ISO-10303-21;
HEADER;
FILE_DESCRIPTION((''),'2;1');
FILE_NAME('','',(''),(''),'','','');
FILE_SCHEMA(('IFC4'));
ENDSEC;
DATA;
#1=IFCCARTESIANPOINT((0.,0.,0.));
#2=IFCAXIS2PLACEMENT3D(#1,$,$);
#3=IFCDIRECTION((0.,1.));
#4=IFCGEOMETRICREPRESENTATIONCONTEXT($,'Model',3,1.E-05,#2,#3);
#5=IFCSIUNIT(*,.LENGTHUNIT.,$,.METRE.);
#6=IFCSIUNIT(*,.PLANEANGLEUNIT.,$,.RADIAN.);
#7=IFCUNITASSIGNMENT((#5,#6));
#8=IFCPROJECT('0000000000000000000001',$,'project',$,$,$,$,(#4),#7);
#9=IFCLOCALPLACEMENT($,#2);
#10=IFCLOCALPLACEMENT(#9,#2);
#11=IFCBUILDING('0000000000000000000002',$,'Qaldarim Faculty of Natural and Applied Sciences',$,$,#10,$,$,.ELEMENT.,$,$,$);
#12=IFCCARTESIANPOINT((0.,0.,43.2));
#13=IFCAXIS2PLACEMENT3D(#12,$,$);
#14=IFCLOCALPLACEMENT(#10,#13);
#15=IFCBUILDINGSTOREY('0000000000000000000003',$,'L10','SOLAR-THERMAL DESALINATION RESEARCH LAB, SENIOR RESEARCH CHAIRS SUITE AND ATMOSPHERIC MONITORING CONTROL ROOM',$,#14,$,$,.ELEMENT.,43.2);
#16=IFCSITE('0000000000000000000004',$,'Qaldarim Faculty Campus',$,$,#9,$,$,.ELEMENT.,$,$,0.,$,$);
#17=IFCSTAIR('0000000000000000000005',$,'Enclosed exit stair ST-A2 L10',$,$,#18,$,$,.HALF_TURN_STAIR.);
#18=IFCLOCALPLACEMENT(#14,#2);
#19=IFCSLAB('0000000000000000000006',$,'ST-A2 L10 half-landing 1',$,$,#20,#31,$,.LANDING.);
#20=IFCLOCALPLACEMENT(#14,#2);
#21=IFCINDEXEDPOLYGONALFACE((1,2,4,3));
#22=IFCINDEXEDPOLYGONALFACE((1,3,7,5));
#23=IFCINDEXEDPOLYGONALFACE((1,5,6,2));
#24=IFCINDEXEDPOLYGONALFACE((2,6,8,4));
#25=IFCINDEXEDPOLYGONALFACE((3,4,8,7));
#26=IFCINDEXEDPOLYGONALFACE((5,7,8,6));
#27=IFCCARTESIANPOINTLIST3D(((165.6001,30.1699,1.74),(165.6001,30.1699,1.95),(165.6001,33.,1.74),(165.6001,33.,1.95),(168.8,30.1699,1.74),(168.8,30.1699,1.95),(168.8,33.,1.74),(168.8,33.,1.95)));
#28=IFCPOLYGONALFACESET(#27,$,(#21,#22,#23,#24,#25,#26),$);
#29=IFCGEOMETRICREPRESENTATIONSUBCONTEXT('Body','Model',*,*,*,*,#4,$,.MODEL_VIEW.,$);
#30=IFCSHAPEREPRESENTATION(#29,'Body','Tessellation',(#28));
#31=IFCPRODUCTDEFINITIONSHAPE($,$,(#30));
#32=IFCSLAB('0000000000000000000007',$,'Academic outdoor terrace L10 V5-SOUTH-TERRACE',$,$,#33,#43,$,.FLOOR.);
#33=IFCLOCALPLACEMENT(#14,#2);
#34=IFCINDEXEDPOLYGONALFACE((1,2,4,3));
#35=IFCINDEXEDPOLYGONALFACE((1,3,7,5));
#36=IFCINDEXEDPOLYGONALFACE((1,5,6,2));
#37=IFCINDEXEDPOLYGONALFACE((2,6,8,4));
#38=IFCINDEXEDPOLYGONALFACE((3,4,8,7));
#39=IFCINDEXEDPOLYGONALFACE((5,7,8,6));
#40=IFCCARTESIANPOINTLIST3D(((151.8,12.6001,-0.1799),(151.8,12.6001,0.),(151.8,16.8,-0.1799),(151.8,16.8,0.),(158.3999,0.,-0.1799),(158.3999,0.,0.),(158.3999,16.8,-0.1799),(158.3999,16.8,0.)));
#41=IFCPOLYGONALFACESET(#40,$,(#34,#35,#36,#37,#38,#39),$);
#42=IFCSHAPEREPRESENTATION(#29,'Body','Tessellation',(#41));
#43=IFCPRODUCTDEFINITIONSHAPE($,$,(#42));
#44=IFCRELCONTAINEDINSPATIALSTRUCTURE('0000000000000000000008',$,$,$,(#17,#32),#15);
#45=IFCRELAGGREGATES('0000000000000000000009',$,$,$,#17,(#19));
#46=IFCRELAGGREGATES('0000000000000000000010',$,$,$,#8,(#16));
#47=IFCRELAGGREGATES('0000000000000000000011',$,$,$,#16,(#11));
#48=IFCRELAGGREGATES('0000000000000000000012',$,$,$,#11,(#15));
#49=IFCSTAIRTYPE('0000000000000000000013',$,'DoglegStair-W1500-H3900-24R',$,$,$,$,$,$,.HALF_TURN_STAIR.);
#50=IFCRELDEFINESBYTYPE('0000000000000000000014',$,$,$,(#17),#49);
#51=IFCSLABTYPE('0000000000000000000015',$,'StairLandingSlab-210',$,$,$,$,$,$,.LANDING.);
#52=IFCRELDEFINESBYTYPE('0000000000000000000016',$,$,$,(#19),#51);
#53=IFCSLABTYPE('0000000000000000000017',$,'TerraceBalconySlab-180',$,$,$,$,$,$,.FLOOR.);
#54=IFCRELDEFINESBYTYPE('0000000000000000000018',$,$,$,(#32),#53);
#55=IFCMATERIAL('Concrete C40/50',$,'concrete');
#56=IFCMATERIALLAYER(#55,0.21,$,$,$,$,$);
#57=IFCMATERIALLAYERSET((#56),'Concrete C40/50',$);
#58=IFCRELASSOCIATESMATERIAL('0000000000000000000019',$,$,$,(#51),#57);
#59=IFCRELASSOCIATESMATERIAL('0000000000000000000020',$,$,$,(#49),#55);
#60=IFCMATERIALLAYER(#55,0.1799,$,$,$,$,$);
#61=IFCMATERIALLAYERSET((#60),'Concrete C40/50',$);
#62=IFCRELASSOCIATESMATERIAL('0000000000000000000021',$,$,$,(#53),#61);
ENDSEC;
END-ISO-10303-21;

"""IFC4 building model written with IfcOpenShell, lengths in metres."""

from ifc_helpers import new_model, si_unit, direction, frame, origin, place, context, subcontext, project, spatial, polyline, outline, extrude, material, layer, layer_set, type_object, element, aggregate, save


model = new_model("IFC4")

# Units and contexts
model_context = context("Model", 3, precision=1e-05, world=origin(), true_north=direction((0.0, 1.0)))
body_context = subcontext(model_context, "Body", "Model", "MODEL_VIEW")
ifc_project = project(units=[si_unit("LENGTHUNIT", "METRE"), si_unit("PLANEANGLEUNIT", "RADIAN")], contexts=[model_context])

# Site, building, storey
site_placement = place(None, origin())
site = spatial("IfcSite", under=ifc_project, at=site_placement, Name="Qaldarim Faculty Campus", CompositionType="ELEMENT", RefElevation=0.0)
building_placement = place(site_placement, origin())
building = spatial("IfcBuilding", under=site, at=building_placement, Name="Qaldarim Faculty of Natural and Applied Sciences", CompositionType="ELEMENT")
storey_placement = place(building_placement, frame((0.0, 0.0, 43.2)))
storey = spatial("IfcBuildingStorey", under=building, at=storey_placement, Name="L10", Description="SOLAR-THERMAL DESALINATION RESEARCH LAB, SENIOR RESEARCH CHAIRS SUITE AND ATMOSPHERIC MONITORING CONTROL ROOM", CompositionType="ELEMENT", Elevation=43.2)

# Shared definitions
ifc_material_1 = material(Name="Concrete C40/50", Category="concrete")

# Stair, slab
ifc_layer_1 = layer(ifc_material_1, 0.21)
ifc_layer_set_1 = layer_set([ifc_layer_1], Name="Concrete C40/50")
slab_type_1 = type_object("IfcSlabType", Name="StairLandingSlab-210", PredefinedType="LANDING", material=ifc_layer_set_1)
stair_type_1 = type_object("IfcStairType", Name="DoglegStair-W1500-H3900-24R", PredefinedType="HALF_TURN_STAIR", material=ifc_material_1)
stair_1_placement = place(storey_placement, origin())
stair_1 = element("IfcStair", 1, at=stair_1_placement, inside=storey, type_object=stair_type_1, Name="Enclosed exit stair ST-A2 L10", PredefinedType="HALF_TURN_STAIR")
slab_1_placement = place(storey_placement, frame((0.0, 0.0, 1.74)))
slab_1 = element("IfcSlab", 2, at=slab_1_placement, type_object=slab_type_1, Name="ST-A2 L10 half-landing 1", PredefinedType="LANDING", context=body_context, shape_type="SweptSolid", body=[
    extrude(outline(polyline([(168.8, 30.1699), (168.8, 33.0), (165.6001, 33.0), (165.6001, 30.1699), (168.8, 30.1699)])), origin(), (0.0, 0.0, 1.0), 0.21),
])
aggregate(stair_1, [slab_1])

# Slab
ifc_layer_2 = layer(ifc_material_1, 0.1799)
ifc_layer_set_2 = layer_set([ifc_layer_2], Name="Concrete C40/50")
slab_type_2 = type_object("IfcSlabType", Name="TerraceBalconySlab-180", PredefinedType="FLOOR", material=ifc_layer_set_2)
slab_2_placement = place(storey_placement, frame((0.0, 0.0, -0.1799)))
element("IfcSlab", 3, at=slab_2_placement, inside=storey, type_object=slab_type_2, Name="Academic outdoor terrace L10 V5-SOUTH-TERRACE", PredefinedType="FLOOR", context=body_context, shape_type="SweptSolid", body=[
    extrude(outline(polyline([(158.3999, 0.0), (158.3999, 16.8), (151.8, 16.8), (151.8, 12.6001), (158.3999, 0.0)])), origin(), (0.0, 0.0, 1.0), 0.1799),
])

save(model, "model.ifc")
